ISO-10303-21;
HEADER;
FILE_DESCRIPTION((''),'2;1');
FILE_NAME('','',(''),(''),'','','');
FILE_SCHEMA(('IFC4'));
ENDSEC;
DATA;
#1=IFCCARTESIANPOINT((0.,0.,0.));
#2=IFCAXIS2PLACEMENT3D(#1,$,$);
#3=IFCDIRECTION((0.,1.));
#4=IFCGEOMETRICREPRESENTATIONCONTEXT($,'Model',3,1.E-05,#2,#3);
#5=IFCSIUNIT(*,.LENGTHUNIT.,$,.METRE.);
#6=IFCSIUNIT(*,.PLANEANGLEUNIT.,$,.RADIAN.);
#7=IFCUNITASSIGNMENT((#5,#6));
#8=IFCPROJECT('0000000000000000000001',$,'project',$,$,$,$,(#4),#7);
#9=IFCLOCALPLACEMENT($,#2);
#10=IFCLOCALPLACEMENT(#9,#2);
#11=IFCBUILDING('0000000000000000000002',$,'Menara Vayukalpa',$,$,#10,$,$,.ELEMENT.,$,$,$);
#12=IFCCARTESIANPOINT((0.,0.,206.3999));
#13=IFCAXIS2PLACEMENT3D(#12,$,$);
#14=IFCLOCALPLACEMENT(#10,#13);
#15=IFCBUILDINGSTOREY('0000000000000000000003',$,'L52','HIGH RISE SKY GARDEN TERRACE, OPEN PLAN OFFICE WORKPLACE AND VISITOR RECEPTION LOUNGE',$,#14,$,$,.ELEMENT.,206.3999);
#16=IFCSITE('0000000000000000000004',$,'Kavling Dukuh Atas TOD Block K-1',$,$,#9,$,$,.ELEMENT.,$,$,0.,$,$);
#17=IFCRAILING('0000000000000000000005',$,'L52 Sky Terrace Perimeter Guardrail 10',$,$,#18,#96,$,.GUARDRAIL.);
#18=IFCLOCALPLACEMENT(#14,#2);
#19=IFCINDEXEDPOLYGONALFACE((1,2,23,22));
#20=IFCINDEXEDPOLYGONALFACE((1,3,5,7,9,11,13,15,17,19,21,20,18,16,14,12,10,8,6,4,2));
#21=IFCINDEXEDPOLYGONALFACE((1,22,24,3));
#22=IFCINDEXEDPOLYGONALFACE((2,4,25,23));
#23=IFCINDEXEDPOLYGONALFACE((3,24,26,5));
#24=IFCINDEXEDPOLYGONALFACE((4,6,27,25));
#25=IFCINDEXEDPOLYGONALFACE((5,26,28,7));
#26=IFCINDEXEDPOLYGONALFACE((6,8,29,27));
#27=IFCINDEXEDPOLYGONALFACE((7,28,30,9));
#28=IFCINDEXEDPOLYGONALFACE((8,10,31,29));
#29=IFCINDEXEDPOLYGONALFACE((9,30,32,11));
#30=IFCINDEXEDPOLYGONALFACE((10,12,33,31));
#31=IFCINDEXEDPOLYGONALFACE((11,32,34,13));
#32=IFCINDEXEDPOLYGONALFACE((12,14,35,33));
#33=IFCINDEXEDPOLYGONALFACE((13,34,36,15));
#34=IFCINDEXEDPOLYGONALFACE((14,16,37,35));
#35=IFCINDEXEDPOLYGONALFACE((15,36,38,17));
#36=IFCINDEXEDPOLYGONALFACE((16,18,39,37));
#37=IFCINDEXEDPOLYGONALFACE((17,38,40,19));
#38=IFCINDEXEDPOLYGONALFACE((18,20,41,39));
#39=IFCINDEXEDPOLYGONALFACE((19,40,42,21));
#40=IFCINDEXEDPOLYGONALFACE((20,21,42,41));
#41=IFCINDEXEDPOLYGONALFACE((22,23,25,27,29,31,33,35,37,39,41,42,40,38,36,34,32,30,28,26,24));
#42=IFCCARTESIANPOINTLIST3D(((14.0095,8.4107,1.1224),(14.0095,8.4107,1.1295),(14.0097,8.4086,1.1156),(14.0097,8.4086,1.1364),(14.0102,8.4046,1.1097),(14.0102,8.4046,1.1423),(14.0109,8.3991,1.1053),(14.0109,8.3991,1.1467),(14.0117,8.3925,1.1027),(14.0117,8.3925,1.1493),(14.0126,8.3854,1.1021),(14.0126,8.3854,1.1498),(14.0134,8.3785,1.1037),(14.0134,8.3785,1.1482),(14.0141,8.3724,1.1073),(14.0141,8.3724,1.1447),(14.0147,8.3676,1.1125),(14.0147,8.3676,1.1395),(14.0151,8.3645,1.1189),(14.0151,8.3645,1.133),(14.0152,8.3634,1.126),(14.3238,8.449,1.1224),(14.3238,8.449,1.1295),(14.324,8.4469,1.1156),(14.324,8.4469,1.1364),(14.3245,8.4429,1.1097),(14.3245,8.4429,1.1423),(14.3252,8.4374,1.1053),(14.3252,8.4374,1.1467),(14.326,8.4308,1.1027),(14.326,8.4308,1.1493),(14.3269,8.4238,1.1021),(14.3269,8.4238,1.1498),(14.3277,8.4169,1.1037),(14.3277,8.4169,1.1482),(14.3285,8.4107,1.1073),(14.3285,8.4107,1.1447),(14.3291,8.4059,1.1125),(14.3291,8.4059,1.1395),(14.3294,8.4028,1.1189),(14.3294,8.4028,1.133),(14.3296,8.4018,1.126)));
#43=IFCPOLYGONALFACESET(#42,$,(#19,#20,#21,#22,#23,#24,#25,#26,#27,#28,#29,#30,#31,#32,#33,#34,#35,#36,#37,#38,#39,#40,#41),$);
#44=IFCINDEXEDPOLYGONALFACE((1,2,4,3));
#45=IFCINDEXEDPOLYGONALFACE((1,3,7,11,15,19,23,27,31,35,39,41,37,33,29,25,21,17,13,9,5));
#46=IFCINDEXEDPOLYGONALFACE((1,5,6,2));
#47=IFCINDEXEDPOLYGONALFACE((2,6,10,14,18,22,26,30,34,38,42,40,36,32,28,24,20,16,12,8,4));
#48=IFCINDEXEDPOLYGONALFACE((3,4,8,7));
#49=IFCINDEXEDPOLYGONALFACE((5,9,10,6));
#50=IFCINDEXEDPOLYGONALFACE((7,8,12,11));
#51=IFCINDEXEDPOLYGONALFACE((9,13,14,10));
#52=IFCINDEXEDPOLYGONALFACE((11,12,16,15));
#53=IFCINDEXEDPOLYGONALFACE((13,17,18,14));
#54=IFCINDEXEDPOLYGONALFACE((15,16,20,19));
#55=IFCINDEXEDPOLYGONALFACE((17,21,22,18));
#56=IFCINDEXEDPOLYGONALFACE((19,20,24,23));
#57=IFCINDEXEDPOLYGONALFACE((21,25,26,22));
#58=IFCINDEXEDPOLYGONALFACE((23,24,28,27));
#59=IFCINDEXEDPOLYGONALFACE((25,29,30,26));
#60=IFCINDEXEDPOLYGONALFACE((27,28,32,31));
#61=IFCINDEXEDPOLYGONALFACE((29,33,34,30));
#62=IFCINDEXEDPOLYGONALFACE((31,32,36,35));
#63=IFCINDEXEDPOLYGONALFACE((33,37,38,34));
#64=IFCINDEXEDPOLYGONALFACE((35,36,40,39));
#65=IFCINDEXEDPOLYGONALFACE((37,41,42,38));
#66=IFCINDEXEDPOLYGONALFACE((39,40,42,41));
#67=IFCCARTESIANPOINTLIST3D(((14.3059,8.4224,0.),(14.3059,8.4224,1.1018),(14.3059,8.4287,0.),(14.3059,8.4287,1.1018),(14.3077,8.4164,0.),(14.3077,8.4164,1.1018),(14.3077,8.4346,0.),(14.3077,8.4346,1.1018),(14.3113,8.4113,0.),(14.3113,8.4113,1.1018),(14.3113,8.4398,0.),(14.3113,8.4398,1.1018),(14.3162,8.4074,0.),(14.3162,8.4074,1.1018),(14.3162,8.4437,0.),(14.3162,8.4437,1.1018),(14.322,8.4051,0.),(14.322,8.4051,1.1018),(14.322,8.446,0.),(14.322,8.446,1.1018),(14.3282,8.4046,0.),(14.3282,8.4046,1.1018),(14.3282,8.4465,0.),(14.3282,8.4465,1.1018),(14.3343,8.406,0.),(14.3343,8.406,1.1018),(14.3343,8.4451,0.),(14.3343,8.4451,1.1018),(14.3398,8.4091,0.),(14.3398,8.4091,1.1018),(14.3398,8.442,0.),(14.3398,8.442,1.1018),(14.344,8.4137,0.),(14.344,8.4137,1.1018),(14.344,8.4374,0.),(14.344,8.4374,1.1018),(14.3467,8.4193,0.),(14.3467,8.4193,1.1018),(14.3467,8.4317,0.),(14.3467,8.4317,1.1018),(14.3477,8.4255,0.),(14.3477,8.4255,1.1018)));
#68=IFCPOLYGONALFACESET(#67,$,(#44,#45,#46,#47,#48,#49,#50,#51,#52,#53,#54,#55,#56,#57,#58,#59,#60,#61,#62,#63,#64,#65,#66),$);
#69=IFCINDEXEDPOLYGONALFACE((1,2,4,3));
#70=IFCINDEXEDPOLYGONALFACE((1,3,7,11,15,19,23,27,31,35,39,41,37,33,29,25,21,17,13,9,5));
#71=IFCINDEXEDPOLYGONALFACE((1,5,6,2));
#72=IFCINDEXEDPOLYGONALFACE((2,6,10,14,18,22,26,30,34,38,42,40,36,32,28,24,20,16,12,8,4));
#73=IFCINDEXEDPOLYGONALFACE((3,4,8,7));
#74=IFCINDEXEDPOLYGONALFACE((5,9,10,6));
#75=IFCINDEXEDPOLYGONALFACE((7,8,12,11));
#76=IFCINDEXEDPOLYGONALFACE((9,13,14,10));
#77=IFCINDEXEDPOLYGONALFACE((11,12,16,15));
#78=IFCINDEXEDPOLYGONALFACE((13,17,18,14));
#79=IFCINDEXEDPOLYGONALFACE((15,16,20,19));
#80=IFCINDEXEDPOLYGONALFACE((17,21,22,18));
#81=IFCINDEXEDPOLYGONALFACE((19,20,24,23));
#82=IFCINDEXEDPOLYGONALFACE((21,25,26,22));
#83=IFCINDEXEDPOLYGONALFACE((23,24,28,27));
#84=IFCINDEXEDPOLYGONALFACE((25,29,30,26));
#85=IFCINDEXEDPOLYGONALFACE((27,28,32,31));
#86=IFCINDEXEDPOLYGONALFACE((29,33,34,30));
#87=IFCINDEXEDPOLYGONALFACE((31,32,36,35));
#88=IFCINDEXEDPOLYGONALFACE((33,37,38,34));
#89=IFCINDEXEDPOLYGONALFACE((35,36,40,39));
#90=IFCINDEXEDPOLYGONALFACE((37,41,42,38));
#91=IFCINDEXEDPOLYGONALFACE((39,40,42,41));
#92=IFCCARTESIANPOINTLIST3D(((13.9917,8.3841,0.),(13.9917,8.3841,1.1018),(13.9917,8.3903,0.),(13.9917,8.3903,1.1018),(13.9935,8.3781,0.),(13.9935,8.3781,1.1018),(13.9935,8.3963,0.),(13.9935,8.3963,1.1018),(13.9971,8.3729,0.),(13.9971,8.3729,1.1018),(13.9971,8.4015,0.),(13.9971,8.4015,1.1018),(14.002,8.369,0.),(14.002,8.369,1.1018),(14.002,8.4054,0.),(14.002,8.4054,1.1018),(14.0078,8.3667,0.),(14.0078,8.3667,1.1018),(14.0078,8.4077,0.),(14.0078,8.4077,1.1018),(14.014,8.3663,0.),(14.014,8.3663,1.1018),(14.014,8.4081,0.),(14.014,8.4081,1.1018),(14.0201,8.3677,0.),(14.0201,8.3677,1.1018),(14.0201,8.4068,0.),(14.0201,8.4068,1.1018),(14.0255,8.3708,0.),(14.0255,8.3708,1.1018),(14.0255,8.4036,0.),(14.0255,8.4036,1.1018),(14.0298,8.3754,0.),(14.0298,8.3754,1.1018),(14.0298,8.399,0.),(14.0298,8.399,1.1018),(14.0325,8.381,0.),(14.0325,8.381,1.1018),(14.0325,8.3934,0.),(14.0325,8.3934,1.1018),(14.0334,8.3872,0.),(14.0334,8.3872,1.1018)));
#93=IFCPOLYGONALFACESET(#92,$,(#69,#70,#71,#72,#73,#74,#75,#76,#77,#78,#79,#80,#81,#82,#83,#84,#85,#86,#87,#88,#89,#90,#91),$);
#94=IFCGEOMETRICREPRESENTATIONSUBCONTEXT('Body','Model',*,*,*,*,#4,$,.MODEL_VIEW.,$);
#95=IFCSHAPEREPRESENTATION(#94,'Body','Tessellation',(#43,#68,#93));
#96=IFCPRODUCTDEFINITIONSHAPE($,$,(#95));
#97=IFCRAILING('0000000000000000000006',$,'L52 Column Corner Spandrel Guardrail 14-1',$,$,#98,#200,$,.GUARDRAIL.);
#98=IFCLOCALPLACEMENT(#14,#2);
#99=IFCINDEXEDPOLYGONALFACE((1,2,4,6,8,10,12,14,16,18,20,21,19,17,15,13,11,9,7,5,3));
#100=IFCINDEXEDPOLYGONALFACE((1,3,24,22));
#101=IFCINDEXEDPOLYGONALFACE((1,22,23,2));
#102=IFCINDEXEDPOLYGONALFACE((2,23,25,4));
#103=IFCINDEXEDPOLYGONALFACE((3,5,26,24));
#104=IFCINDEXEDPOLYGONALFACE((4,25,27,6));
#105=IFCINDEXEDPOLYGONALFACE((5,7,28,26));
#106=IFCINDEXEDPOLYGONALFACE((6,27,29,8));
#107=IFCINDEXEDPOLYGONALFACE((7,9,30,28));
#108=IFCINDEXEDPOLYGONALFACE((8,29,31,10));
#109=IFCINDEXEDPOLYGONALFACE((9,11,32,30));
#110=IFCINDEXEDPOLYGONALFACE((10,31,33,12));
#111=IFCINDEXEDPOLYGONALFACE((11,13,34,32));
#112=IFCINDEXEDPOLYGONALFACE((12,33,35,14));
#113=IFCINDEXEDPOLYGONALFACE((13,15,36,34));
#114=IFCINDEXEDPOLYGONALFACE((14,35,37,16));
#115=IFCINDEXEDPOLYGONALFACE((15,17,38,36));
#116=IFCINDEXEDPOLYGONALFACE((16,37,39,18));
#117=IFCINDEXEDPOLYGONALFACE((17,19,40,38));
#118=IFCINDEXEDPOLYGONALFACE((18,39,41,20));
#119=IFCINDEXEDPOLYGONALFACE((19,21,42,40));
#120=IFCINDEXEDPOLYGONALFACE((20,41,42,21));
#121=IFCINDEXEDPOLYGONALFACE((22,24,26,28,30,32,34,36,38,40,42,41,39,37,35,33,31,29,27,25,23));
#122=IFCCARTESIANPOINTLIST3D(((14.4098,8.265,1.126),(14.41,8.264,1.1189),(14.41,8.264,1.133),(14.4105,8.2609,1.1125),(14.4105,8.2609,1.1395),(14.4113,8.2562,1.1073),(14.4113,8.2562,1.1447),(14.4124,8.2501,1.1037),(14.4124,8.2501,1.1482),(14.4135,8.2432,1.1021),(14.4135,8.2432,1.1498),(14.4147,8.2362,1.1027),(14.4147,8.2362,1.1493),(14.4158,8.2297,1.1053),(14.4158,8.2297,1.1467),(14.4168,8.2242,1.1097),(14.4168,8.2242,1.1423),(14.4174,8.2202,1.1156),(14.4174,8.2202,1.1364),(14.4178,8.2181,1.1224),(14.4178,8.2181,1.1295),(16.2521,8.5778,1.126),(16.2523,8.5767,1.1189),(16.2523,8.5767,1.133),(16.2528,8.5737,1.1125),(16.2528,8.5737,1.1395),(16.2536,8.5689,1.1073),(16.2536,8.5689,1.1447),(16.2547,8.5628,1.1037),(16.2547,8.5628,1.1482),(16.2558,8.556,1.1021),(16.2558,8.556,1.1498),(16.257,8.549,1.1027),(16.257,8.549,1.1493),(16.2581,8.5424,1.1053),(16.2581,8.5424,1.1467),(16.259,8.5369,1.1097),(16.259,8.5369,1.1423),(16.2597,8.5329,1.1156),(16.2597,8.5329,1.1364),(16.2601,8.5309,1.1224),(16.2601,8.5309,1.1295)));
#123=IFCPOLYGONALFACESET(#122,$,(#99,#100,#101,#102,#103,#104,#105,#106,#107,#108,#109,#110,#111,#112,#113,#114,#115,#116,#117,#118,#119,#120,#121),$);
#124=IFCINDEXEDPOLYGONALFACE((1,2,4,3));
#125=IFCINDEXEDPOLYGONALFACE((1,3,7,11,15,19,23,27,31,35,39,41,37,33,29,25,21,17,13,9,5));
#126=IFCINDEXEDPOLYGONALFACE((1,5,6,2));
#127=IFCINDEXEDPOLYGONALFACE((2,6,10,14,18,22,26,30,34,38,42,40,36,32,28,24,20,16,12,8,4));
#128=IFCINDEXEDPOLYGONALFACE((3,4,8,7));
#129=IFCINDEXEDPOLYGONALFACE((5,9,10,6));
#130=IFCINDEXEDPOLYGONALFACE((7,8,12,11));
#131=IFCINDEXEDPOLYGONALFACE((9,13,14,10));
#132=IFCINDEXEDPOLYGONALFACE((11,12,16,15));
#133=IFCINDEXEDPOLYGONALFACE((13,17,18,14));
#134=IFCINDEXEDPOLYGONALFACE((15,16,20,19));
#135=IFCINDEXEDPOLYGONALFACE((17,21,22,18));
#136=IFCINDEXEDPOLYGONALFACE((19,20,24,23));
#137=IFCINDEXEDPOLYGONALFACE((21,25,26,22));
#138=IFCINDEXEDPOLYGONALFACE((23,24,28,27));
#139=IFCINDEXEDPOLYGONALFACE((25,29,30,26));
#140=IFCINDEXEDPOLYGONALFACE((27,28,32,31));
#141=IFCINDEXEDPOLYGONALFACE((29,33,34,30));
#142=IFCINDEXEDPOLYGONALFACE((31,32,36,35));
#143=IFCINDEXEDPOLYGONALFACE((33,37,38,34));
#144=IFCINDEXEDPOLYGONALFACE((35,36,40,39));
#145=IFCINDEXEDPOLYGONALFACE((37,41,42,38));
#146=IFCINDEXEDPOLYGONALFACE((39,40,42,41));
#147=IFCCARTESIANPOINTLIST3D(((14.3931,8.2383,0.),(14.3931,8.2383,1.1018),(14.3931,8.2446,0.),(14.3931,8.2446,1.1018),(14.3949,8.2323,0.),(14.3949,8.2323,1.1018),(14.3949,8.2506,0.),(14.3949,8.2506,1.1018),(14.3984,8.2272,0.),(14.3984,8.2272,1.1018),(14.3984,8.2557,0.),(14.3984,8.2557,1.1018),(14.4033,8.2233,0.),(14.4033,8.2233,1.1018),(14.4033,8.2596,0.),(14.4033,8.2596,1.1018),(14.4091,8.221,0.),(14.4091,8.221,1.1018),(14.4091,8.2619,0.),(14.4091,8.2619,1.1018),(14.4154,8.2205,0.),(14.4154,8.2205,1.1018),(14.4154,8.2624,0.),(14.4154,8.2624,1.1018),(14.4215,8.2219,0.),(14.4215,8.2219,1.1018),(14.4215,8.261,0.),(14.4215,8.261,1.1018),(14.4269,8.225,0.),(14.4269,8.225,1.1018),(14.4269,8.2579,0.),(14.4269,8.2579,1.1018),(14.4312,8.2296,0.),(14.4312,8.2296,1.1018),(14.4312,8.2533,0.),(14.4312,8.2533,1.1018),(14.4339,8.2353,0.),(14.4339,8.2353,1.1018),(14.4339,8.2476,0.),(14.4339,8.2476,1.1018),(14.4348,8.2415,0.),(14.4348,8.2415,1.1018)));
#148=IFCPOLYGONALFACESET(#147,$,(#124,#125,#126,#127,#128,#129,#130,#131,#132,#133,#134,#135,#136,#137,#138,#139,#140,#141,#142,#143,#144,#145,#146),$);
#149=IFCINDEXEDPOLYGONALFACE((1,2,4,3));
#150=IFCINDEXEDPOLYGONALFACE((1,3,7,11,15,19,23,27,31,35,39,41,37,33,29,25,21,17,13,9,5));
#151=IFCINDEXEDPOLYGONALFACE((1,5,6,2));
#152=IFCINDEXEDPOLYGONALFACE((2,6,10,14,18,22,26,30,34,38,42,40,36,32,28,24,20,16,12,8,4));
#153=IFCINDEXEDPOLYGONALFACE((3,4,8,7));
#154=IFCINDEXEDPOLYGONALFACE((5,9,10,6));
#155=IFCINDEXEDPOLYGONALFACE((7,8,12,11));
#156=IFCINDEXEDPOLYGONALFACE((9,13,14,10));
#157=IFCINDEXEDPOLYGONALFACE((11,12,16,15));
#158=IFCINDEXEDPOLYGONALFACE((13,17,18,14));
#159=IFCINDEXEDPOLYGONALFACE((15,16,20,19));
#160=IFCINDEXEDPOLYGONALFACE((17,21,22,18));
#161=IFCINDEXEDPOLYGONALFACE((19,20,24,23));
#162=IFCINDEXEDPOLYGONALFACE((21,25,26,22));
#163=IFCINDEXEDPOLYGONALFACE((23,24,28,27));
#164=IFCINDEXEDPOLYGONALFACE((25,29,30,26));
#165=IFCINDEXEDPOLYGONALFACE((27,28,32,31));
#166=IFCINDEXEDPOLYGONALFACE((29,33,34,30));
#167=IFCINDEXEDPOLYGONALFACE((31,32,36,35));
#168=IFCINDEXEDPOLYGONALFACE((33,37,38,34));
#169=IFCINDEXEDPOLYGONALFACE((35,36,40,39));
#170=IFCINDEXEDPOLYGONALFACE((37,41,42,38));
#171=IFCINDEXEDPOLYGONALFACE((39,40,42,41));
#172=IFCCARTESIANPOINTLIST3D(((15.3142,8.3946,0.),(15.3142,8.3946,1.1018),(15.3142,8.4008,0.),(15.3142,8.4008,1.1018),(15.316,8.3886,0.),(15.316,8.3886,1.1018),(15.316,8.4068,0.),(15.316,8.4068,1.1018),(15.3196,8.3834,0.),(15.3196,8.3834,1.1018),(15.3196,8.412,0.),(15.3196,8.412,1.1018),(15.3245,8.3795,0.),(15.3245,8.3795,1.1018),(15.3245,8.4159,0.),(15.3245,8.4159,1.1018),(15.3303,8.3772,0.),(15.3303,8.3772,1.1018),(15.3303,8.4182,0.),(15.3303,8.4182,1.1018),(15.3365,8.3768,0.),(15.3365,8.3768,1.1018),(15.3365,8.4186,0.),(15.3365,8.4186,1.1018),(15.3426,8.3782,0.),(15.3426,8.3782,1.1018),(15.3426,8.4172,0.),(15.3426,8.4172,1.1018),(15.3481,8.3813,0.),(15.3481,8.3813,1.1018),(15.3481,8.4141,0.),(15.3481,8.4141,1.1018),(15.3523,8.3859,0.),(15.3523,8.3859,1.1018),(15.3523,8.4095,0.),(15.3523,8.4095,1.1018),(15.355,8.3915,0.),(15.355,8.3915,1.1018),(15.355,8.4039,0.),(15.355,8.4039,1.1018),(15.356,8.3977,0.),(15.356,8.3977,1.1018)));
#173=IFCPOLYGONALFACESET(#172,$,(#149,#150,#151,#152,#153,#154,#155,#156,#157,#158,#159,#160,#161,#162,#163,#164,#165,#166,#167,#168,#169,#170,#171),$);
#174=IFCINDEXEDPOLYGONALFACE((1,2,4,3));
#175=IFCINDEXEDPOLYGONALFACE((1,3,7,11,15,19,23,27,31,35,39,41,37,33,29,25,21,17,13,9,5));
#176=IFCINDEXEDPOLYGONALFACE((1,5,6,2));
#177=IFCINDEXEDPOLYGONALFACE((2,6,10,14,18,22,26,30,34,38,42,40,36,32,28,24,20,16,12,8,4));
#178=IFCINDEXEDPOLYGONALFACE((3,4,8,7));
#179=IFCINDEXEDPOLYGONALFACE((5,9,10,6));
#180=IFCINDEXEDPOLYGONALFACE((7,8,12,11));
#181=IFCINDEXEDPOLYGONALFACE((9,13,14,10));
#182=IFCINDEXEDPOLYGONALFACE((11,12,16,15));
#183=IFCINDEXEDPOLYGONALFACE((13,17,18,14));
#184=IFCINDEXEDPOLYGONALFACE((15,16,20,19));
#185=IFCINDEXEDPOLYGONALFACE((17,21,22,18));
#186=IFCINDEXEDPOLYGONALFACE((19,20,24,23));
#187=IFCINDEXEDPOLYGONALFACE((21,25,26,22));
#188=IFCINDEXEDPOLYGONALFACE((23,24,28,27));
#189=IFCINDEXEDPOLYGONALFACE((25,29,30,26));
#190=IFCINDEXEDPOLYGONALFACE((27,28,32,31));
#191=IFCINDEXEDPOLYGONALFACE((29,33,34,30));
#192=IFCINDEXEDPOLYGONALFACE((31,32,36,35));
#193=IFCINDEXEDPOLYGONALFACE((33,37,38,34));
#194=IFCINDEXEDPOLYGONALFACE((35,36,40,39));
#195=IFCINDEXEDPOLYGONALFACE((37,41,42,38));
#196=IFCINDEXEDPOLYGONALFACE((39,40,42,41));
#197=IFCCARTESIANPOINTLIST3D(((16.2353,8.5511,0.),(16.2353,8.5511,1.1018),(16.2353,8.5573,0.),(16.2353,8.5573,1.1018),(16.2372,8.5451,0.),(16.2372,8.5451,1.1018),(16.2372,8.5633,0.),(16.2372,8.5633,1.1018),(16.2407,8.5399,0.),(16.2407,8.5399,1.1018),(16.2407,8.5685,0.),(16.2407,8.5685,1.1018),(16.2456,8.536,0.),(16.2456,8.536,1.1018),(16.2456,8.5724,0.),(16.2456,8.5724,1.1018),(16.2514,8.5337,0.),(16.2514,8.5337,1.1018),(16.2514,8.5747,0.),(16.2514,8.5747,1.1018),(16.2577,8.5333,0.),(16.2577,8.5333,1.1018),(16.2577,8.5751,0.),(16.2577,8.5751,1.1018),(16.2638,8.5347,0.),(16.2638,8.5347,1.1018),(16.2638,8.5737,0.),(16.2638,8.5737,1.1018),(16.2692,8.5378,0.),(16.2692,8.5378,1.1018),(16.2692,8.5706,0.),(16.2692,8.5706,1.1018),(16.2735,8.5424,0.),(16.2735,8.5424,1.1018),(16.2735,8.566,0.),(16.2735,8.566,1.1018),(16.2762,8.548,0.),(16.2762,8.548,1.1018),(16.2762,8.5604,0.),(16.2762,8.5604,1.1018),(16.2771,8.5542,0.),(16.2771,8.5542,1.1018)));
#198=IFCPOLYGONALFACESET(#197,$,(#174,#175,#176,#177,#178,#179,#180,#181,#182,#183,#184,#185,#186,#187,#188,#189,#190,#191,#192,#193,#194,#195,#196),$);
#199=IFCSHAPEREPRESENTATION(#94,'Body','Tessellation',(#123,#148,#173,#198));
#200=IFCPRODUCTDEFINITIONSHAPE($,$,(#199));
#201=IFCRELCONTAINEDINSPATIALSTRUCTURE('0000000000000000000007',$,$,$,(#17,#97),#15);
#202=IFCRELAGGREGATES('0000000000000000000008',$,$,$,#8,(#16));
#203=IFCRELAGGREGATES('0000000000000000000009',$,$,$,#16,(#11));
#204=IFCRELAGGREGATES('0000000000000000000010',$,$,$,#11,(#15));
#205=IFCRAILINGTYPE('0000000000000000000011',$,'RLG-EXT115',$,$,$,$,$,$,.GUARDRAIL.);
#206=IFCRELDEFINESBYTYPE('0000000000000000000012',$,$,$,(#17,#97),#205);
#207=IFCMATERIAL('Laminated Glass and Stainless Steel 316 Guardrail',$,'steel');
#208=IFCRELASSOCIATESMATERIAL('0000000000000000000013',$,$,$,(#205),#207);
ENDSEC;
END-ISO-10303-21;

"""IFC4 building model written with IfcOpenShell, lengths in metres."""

from ifc_helpers import new_model, si_unit, direction, frame, origin, origin_2d, place, context, subcontext, project, spatial, circle, extrude, material, type_object, element, save


model = new_model("IFC4")

# Units and contexts
model_context = context("Model", 3, precision=1e-05, world=origin(), true_north=direction((0.0, 1.0)))
body_context = subcontext(model_context, "Body", "Model", "MODEL_VIEW")
ifc_project = project(units=[si_unit("LENGTHUNIT", "METRE"), si_unit("PLANEANGLEUNIT", "RADIAN")], contexts=[model_context])

# Site, building, storey
site_placement = place(None, origin())
site = spatial("IfcSite", under=ifc_project, at=site_placement, Name="Kavling Dukuh Atas TOD Block K-1", CompositionType="ELEMENT", RefElevation=0.0)
building_placement = place(site_placement, origin())
building = spatial("IfcBuilding", under=site, at=building_placement, Name="Menara Vayukalpa", CompositionType="ELEMENT")
storey_placement = place(building_placement, frame((0.0, 0.0, 206.3999)))
storey = spatial("IfcBuildingStorey", under=building, at=storey_placement, Name="L52", Description="HIGH RISE SKY GARDEN TERRACE, OPEN PLAN OFFICE WORKPLACE AND VISITOR RECEPTION LOUNGE", CompositionType="ELEMENT", Elevation=206.3999)

# Railings
ifc_material_1 = material(Name="Laminated Glass and Stainless Steel 316 Guardrail", Category="steel")
railing_type = type_object("IfcRailingType", Name="RLG-EXT115", PredefinedType="GUARDRAIL", material=ifc_material_1)
railing_1_placement = place(storey_placement, frame((14.3267, 8.4255, 0.0)))
element("IfcRailing", 1, at=railing_1_placement, inside=storey, type_object=railing_type, Name="L52 Sky Terrace Perimeter Guardrail 10", PredefinedType="GUARDRAIL", context=body_context, shape_type="SweptSolid", body=[
    extrude(circle(Radius=0.0239, at=origin_2d()), frame((0.0, 0.0, 1.126), z_axis=(-0.992641, -0.121091, 0.0), x_axis=(0.121091, -0.992641, 0.0)), (0.0, 0.0, 1.0), 0.3167),
    extrude(circle(Radius=0.021, at=origin_2d()), origin(), (0.0, 0.0, 1.0), 1.1018),
    extrude(circle(Radius=0.021, at=origin_2d()), frame((-0.3142, -0.0383, 0.0)), (0.0, 0.0, 1.0), 1.1018),
])
railing_2_placement = place(storey_placement, frame((14.4138, 8.2415, 0.0)))
element("IfcRailing", 2, at=railing_2_placement, inside=storey, type_object=railing_type, Name="L52 Column Corner Spandrel Guardrail 14-1", PredefinedType="GUARDRAIL", context=body_context, shape_type="SweptSolid", body=[
    extrude(circle(Radius=0.0239, at=origin_2d()), frame((0.0, 0.0, 1.126), z_axis=(0.985895, 0.167364, 0.0), x_axis=(-0.167364, 0.985895, 0.0)), (0.0, 0.0, 1.0), 1.8687),
    extrude(circle(Radius=0.021, at=origin_2d()), origin(), (0.0, 0.0, 1.0), 1.1018),
    extrude(circle(Radius=0.021, at=origin_2d()), frame((0.9211, 0.1562, 0.0)), (0.0, 0.0, 1.0), 1.1018),
    extrude(circle(Radius=0.021, at=origin_2d()), frame((1.8423, 0.3127, 0.0)), (0.0, 0.0, 1.0), 1.1018),
])

save(model, "model.ifc")
